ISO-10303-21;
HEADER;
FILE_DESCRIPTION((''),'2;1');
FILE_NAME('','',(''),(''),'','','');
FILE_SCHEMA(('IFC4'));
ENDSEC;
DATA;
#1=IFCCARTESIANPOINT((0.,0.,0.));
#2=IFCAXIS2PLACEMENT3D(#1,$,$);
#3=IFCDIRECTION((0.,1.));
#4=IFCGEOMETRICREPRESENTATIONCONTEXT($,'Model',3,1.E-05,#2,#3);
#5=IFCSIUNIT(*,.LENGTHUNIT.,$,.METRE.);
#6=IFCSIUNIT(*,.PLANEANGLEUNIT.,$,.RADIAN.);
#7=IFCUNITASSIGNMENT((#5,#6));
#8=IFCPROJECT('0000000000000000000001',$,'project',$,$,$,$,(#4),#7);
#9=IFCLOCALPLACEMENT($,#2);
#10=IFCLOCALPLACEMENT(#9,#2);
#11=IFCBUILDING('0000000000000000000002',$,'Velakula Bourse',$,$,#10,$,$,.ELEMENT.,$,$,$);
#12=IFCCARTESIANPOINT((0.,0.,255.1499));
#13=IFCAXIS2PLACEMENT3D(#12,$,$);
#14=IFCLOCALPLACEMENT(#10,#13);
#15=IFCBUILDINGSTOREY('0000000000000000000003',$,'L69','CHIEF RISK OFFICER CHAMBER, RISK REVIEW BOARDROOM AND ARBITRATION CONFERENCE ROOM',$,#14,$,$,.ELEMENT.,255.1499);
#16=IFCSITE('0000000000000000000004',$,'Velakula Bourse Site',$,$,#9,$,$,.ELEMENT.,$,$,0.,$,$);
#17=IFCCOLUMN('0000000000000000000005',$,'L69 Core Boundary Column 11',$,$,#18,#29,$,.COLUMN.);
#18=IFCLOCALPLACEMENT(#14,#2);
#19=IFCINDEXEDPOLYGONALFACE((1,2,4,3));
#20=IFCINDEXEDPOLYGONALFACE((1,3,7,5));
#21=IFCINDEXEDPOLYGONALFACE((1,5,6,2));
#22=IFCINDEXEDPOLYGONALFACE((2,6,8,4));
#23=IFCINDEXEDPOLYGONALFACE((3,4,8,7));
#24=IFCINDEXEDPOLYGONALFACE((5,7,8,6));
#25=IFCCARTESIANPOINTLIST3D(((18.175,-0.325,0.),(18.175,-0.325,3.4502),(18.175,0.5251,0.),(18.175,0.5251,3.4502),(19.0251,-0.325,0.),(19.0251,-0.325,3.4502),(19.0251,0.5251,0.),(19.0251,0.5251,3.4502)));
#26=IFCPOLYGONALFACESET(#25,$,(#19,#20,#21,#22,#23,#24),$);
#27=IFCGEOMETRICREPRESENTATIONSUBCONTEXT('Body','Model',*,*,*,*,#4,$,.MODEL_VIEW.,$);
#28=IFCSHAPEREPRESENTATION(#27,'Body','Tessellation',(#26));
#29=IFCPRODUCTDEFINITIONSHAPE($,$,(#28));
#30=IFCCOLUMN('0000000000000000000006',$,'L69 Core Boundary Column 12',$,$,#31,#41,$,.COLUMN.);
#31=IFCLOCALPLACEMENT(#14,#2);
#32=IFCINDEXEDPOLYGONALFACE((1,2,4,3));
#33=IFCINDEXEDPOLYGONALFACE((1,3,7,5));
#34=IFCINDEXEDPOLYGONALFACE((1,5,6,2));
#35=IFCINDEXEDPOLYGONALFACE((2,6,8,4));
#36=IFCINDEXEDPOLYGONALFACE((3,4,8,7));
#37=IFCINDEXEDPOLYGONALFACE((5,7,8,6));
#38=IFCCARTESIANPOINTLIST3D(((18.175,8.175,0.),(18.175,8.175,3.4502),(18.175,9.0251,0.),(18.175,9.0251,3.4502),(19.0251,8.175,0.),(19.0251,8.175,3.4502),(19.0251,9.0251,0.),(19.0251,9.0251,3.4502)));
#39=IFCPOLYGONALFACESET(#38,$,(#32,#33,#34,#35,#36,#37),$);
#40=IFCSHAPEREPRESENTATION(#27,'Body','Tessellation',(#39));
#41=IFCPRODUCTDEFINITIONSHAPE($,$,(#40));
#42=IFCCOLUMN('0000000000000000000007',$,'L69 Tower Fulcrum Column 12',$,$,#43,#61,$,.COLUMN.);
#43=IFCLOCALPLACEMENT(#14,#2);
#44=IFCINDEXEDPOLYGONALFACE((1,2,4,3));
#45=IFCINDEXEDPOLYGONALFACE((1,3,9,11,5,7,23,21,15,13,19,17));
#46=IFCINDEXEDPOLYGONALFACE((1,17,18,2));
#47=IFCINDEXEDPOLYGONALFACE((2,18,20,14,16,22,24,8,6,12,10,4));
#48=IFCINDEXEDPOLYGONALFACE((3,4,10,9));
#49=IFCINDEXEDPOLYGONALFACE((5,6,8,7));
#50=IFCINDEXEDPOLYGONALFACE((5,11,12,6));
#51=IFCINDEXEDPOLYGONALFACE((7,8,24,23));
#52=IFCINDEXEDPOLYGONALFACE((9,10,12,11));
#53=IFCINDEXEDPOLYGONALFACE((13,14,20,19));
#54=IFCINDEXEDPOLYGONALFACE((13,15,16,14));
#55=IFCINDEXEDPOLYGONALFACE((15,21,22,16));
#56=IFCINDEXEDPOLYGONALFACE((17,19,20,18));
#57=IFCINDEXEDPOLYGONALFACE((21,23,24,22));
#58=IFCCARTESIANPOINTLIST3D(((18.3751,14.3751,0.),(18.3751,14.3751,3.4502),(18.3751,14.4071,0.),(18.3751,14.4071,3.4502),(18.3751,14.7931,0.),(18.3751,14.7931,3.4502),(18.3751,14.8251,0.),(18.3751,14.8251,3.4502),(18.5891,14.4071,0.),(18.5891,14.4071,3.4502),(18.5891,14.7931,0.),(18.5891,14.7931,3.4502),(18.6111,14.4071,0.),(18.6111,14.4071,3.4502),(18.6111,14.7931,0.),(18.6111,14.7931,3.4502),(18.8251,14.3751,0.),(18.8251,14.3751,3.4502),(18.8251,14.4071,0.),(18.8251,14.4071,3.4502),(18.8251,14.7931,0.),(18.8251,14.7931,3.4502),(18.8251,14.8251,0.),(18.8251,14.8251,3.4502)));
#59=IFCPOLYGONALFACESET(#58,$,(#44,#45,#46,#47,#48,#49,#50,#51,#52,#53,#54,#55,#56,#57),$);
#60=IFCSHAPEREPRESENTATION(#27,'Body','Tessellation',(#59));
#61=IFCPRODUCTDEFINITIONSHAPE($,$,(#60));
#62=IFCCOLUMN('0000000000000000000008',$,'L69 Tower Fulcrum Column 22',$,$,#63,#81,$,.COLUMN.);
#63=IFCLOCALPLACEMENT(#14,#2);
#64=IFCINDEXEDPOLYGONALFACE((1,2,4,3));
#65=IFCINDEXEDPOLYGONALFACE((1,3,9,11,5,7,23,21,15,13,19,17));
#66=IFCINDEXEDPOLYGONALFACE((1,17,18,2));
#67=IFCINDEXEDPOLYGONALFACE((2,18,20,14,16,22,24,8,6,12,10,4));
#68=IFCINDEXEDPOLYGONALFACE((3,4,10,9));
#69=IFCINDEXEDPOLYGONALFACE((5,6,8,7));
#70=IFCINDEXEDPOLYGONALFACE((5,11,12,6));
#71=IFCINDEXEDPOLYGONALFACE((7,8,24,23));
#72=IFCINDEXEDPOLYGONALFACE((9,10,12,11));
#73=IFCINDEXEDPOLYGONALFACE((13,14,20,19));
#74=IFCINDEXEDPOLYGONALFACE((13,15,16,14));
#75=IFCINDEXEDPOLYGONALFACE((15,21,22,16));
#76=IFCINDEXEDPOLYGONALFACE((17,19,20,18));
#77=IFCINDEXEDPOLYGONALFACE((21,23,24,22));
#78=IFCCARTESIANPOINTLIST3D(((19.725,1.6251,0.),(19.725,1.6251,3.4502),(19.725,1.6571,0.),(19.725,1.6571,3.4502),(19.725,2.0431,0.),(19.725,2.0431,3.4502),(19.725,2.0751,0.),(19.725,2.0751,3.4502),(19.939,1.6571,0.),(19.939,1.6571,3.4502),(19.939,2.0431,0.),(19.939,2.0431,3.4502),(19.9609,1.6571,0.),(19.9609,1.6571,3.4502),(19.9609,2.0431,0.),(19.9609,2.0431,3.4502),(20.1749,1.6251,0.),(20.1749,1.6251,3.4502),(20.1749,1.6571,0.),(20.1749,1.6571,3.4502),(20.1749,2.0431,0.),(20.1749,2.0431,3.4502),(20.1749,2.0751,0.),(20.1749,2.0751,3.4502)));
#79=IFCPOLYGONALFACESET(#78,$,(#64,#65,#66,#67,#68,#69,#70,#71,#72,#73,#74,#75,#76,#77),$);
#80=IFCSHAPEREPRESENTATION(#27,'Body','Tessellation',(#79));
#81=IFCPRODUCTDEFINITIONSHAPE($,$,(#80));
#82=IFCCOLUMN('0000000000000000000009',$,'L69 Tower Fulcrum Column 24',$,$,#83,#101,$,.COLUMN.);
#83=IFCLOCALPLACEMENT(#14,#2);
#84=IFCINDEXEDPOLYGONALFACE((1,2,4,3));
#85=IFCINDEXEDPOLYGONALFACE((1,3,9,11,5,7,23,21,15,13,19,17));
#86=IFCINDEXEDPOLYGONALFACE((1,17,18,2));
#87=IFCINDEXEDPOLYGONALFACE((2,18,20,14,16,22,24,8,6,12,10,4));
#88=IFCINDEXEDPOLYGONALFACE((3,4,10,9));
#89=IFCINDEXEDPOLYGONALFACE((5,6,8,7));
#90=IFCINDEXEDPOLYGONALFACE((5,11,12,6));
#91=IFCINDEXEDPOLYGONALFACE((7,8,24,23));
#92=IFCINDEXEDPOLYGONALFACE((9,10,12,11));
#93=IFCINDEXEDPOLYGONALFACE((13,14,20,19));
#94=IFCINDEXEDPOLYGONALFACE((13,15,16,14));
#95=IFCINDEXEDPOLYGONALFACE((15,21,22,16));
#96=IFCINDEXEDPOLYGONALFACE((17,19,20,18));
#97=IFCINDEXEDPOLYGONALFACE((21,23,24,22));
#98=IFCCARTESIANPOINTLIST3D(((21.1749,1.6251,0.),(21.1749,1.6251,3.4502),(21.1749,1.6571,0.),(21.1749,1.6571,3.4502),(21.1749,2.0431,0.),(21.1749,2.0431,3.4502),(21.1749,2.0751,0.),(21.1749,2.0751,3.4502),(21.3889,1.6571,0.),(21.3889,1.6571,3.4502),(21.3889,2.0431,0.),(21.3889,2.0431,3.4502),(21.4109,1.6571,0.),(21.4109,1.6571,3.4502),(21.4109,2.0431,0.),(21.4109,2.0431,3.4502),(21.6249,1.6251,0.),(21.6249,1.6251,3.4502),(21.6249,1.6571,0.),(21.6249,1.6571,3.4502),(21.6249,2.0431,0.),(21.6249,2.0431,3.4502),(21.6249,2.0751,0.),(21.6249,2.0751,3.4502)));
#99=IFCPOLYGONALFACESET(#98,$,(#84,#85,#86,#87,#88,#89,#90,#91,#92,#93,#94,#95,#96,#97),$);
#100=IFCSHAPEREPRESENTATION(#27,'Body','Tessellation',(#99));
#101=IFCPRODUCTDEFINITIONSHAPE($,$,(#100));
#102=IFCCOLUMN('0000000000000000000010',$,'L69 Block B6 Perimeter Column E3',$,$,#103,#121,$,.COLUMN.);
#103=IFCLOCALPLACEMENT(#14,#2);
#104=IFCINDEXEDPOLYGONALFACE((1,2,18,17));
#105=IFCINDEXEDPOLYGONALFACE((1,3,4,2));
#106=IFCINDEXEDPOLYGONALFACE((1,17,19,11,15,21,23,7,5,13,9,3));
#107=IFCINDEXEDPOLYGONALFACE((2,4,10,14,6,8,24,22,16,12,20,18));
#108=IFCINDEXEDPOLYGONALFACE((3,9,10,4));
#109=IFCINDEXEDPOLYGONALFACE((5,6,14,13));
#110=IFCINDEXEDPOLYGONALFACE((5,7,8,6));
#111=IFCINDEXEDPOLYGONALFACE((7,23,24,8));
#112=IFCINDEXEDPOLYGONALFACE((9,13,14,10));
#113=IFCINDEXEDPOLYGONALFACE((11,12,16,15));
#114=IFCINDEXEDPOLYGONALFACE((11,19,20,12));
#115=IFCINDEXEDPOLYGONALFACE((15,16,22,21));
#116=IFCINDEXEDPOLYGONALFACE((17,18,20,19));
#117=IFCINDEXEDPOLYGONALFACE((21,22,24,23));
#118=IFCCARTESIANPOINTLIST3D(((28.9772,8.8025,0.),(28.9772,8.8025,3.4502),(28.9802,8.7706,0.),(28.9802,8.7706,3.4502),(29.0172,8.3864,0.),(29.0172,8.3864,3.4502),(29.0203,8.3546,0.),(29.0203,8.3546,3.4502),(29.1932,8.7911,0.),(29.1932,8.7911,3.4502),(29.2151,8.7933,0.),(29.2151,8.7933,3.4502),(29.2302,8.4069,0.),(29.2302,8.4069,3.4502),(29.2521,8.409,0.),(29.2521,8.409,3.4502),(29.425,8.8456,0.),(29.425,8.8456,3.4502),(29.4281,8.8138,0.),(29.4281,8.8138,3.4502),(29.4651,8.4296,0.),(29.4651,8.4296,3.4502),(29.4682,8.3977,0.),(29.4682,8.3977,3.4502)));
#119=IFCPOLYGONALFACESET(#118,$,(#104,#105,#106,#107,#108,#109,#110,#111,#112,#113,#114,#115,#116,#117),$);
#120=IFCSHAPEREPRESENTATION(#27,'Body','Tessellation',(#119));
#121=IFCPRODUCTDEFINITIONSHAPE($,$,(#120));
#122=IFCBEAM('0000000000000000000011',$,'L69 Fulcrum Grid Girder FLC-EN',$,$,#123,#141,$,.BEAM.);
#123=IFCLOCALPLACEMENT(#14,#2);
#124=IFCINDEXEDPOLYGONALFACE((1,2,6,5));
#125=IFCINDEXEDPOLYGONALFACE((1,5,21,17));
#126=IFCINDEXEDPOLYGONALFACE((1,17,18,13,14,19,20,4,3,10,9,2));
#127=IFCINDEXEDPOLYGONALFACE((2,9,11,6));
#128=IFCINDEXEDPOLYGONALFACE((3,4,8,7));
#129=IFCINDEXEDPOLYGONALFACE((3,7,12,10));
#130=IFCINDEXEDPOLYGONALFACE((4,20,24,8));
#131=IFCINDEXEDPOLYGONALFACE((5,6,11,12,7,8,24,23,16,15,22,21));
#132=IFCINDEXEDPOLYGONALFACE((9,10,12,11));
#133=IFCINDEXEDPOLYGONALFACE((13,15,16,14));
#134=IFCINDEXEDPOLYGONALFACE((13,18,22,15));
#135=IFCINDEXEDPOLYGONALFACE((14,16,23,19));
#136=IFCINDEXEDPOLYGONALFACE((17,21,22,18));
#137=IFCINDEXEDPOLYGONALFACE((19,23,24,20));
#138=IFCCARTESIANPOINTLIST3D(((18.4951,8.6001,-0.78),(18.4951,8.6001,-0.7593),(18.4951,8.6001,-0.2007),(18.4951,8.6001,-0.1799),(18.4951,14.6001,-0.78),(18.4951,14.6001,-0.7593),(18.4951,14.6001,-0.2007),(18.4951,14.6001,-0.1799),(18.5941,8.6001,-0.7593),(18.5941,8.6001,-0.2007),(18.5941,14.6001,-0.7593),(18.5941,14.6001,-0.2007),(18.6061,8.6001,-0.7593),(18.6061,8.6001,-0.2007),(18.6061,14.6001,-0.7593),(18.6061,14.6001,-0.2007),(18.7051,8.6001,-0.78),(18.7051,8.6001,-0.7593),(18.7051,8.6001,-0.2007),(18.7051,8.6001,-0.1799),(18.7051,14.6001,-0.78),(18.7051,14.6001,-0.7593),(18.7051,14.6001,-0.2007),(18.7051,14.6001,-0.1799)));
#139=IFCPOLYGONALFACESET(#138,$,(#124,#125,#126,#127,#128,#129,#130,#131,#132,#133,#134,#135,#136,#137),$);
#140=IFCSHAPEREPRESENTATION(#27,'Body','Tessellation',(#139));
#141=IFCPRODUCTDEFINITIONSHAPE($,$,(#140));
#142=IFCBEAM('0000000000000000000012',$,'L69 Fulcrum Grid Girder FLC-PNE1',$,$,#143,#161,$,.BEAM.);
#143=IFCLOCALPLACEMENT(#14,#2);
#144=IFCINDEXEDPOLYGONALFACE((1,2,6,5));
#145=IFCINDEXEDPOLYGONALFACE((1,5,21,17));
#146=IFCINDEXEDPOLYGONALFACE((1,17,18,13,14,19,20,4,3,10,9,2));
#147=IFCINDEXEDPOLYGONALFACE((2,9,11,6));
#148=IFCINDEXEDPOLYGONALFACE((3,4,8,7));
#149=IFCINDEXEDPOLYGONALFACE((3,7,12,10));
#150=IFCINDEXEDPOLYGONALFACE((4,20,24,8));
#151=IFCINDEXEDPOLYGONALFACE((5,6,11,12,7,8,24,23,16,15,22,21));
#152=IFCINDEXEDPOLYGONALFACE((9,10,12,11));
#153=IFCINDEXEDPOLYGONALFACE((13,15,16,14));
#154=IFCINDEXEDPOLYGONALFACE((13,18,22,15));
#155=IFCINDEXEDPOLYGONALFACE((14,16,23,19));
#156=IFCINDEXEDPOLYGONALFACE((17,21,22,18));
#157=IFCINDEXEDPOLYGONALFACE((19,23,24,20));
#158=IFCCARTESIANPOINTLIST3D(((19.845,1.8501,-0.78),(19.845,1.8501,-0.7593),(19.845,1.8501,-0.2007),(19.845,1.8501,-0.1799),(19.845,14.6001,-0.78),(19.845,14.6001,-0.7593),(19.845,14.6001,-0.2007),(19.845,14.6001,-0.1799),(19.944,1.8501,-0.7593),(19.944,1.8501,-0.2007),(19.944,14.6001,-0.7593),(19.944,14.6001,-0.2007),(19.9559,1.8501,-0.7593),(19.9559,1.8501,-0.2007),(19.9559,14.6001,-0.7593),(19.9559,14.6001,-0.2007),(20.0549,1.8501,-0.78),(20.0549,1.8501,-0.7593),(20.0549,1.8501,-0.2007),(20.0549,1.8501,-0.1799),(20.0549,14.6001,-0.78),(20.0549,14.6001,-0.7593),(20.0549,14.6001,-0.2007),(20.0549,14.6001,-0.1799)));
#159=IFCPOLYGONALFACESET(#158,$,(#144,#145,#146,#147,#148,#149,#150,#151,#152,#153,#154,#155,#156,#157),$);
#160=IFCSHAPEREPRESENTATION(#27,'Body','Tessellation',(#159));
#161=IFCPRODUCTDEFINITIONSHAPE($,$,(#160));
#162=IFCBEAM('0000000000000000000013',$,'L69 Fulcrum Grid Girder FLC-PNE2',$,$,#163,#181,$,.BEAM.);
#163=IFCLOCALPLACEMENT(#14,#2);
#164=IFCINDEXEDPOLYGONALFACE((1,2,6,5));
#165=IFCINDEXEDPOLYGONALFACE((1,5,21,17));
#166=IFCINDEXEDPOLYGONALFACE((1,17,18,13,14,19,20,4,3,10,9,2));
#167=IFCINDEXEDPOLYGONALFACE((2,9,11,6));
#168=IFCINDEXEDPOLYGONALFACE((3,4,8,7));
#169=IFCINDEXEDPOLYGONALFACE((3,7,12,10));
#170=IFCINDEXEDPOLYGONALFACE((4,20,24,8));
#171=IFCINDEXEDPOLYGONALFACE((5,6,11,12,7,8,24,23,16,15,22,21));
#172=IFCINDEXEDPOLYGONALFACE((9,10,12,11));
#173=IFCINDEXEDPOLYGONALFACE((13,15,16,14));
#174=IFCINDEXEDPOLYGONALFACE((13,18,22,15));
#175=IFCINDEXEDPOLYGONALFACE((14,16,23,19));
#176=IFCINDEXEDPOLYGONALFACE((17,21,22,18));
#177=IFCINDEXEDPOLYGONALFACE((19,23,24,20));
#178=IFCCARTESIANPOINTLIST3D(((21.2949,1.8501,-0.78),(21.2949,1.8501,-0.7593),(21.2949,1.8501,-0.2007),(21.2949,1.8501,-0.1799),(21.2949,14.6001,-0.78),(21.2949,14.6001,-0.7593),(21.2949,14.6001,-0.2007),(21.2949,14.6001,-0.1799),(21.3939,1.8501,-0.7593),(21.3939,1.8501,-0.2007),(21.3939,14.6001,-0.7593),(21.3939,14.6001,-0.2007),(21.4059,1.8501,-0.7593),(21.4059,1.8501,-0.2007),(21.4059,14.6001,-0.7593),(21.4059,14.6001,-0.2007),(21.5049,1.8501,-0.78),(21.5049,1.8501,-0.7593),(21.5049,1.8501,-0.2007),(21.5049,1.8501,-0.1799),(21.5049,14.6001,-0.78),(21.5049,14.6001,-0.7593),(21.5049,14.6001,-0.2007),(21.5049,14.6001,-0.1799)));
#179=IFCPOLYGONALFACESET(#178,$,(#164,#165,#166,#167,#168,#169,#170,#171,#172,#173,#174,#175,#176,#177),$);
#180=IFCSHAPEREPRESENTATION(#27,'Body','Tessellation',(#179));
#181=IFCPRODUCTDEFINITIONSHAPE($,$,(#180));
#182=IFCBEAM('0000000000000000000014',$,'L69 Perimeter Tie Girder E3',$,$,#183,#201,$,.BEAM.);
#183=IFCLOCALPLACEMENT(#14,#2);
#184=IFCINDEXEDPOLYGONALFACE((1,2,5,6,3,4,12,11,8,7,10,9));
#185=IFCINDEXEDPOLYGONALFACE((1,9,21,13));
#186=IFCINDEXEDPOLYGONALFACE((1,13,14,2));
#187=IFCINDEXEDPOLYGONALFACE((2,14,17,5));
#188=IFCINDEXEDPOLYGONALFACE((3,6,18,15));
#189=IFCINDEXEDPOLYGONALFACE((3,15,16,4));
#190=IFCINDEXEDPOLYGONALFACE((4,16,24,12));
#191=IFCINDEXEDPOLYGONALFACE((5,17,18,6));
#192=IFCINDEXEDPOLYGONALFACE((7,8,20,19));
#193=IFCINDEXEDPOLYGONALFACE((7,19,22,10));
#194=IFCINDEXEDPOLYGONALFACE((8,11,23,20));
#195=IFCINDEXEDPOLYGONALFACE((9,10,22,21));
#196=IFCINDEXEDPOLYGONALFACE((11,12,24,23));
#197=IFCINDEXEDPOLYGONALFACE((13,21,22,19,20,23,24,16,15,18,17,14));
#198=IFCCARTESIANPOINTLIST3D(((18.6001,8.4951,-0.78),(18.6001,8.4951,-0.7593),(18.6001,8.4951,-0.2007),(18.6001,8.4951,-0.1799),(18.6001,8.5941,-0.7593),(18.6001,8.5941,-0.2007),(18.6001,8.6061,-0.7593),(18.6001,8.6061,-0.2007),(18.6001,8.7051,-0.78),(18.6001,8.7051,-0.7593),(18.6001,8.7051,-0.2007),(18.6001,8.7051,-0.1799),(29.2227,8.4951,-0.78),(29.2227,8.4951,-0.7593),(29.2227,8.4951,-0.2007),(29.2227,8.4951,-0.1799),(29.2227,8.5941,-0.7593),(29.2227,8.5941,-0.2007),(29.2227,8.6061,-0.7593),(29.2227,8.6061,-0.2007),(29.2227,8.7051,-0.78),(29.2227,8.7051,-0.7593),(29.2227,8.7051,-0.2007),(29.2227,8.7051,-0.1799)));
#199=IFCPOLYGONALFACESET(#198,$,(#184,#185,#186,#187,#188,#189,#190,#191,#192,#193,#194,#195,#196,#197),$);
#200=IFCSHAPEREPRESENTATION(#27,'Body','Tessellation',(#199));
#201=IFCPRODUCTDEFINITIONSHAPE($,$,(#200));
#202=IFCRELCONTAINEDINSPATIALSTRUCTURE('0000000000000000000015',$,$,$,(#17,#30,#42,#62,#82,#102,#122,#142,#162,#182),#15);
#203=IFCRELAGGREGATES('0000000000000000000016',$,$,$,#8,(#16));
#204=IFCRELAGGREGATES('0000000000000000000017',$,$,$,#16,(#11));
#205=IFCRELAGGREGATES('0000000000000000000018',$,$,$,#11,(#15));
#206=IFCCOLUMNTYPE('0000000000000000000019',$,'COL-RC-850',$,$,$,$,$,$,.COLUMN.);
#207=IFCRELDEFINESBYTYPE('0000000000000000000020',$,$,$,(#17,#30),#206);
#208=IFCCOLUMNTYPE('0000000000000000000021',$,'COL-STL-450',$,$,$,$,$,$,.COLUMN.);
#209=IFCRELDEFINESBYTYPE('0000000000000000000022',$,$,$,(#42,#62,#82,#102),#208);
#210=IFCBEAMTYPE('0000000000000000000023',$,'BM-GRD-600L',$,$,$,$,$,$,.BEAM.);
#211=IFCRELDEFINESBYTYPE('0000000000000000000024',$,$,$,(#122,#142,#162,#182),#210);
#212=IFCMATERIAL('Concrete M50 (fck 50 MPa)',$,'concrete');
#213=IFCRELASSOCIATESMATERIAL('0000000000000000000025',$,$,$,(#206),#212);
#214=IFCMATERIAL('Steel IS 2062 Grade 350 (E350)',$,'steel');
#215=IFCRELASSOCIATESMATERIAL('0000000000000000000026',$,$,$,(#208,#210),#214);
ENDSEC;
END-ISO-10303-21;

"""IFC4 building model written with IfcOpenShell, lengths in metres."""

from ifc_helpers import new_model, si_unit, direction, frame, origin, origin_2d, place, context, subcontext, project, spatial, rectangle, i_section, extrude, material, material_profile, profile_set, type_object, element, save


model = new_model("IFC4")

# Units and contexts
model_context = context("Model", 3, precision=1e-05, world=origin(), true_north=direction((0.0, 1.0)))
body_context = subcontext(model_context, "Body", "Model", "MODEL_VIEW")
ifc_project = project(units=[si_unit("LENGTHUNIT", "METRE"), si_unit("PLANEANGLEUNIT", "RADIAN")], contexts=[model_context])

# Site, building, storey
site_placement = place(None, origin())
site = spatial("IfcSite", under=ifc_project, at=site_placement, Name="Velakula Bourse Site", CompositionType="ELEMENT", RefElevation=0.0)
building_placement = place(site_placement, origin())
building = spatial("IfcBuilding", under=site, at=building_placement, Name="Velakula Bourse", CompositionType="ELEMENT")
storey_placement = place(building_placement, frame((0.0, 0.0, 255.1499)))
storey = spatial("IfcBuildingStorey", under=building, at=storey_placement, Name="L69", Description="CHIEF RISK OFFICER CHAMBER, RISK REVIEW BOARDROOM AND ARBITRATION CONFERENCE ROOM", CompositionType="ELEMENT", Elevation=255.1499)

# Columns
ifc_material_1 = material(Name="Concrete M50 (fck 50 MPa)", Category="concrete")
ifc_material_profile_1 = material_profile(ifc_material_1, rectangle(XDim=0.8501, YDim=0.8501, at=origin_2d()), Name="Concrete M50 (fck 50 MPa)")
ifc_profile_set_1 = profile_set([ifc_material_profile_1], Name="Concrete M50 (fck 50 MPa)")
column_type_1 = type_object("IfcColumnType", Name="COL-RC-850", PredefinedType="COLUMN", material=ifc_profile_set_1)
for number, where, z_axis, x_axis, name in (
    (1, (18.6001, 0.1001, 0.0), (0.0, 0.0, 1.0), (1.0, 0.0, 0.0), "L69 Core Boundary Column 11"),
    (2, (18.6001, 8.6001, 0.0), (0.0, 0.0, 1.0), (1.0, 0.0, 0.0), "L69 Core Boundary Column 12"),
):
    element("IfcColumn", number, at=place(storey_placement, frame(where, z_axis=z_axis, x_axis=x_axis)), inside=storey, type_object=column_type_1, Name=name, PredefinedType="COLUMN", context=body_context, shape_type="SweptSolid", body=[
        extrude(rectangle(XDim=0.8501, YDim=0.8501, at=origin_2d()), origin(), (0.0, 0.0, 1.0), 3.4502),
    ])
ifc_material_2 = material(Name="Steel IS 2062 Grade 350 (E350)", Category="steel")
ifc_material_profile_2 = material_profile(ifc_material_2, i_section(OverallWidth=0.45, OverallDepth=0.45, WebThickness=0.022, FlangeThickness=0.032, at=origin_2d()), Name="Steel IS 2062 Grade 350 (E350)")
ifc_profile_set_2 = profile_set([ifc_material_profile_2], Name="Steel IS 2062 Grade 350 (E350)")
column_type_2 = type_object("IfcColumnType", Name="COL-STL-450", PredefinedType="COLUMN", material=ifc_profile_set_2)
for number, where, z_axis, x_axis, name in (
    (3, (18.6001, 14.6001, 0.0), (0.0, 0.0, 1.0), (1.0, 0.0, 0.0), "L69 Tower Fulcrum Column 12"),
    (4, (19.95, 1.8501, 0.0), (0.0, 0.0, 1.0), (1.0, 0.0, 0.0), "L69 Tower Fulcrum Column 22"),
    (5, (21.3999, 1.8501, 0.0), (0.0, 0.0, 1.0), (1.0, 0.0, 0.0), "L69 Tower Fulcrum Column 24"),
    (6, (29.2227, 8.6001, 0.0), (0.0, 0.0, 1.0), (0.995396, 0.095846, 0.0), "L69 Block B6 Perimeter Column E3"),
):
    element("IfcColumn", number, at=place(storey_placement, frame(where, z_axis=z_axis, x_axis=x_axis)), inside=storey, type_object=column_type_2, Name=name, PredefinedType="COLUMN", context=body_context, shape_type="SweptSolid", body=[
        extrude(i_section(OverallWidth=0.45, OverallDepth=0.45, WebThickness=0.022, FlangeThickness=0.032, at=origin_2d()), origin(), (0.0, 0.0, 1.0), 3.4502),
    ])

# Beams
ifc_material_profile_3 = material_profile(ifc_material_2, i_section(OverallWidth=0.21, OverallDepth=0.6001, WebThickness=0.012, FlangeThickness=0.0208, at=origin_2d()), Name="Steel IS 2062 Grade 350 (E350)")
ifc_profile_set_3 = profile_set([ifc_material_profile_3], Name="Steel IS 2062 Grade 350 (E350)")
beam_type_1 = type_object("IfcBeamType", Name="BM-GRD-600L", PredefinedType="BEAM", material=ifc_profile_set_3)
beam_1_placement = place(storey_placement, frame((18.6001, 8.6001, -0.48), z_axis=(0.0, 1.0, 0.0), x_axis=(-1.0, 0.0, 0.0)))
element("IfcBeam", 7, at=beam_1_placement, inside=storey, type_object=beam_type_1, Name="L69 Fulcrum Grid Girder FLC-EN", PredefinedType="BEAM", context=body_context, shape_type="SweptSolid", body=[
    extrude(i_section(OverallWidth=0.21, OverallDepth=0.6001, WebThickness=0.012, FlangeThickness=0.0208, at=origin_2d()), origin(), (0.0, 0.0, 1.0), 6.0),
])
for number, where, z_axis, x_axis, name in (
    (8, (19.95, 1.8501, -0.48), (0.0, 1.0, 0.0), (-1.0, 0.0, 0.0), "L69 Fulcrum Grid Girder FLC-PNE1"),
    (9, (21.3999, 1.8501, -0.48), (0.0, 1.0, 0.0), (-1.0, 0.0, 0.0), "L69 Fulcrum Grid Girder FLC-PNE2"),
):
    element("IfcBeam", number, at=place(storey_placement, frame(where, z_axis=z_axis, x_axis=x_axis)), inside=storey, type_object=beam_type_1, Name=name, PredefinedType="BEAM", context=body_context, shape_type="SweptSolid", body=[
        extrude(i_section(OverallWidth=0.21, OverallDepth=0.6001, WebThickness=0.012, FlangeThickness=0.0208, at=origin_2d()), origin(), (0.0, 0.0, 1.0), 12.75),
    ])
beam_2_placement = place(storey_placement, frame((18.6001, 8.6001, -0.48), z_axis=(1.0, 0.0, 0.0), x_axis=(0.0, 1.0, 0.0)))
element("IfcBeam", 10, at=beam_2_placement, inside=storey, type_object=beam_type_1, Name="L69 Perimeter Tie Girder E3", PredefinedType="BEAM", context=body_context, shape_type="SweptSolid", body=[
    extrude(i_section(OverallWidth=0.21, OverallDepth=0.6001, WebThickness=0.012, FlangeThickness=0.0208, at=origin_2d()), origin(), (0.0, 0.0, 1.0), 10.6226),
])

save(model, "model.ifc")
